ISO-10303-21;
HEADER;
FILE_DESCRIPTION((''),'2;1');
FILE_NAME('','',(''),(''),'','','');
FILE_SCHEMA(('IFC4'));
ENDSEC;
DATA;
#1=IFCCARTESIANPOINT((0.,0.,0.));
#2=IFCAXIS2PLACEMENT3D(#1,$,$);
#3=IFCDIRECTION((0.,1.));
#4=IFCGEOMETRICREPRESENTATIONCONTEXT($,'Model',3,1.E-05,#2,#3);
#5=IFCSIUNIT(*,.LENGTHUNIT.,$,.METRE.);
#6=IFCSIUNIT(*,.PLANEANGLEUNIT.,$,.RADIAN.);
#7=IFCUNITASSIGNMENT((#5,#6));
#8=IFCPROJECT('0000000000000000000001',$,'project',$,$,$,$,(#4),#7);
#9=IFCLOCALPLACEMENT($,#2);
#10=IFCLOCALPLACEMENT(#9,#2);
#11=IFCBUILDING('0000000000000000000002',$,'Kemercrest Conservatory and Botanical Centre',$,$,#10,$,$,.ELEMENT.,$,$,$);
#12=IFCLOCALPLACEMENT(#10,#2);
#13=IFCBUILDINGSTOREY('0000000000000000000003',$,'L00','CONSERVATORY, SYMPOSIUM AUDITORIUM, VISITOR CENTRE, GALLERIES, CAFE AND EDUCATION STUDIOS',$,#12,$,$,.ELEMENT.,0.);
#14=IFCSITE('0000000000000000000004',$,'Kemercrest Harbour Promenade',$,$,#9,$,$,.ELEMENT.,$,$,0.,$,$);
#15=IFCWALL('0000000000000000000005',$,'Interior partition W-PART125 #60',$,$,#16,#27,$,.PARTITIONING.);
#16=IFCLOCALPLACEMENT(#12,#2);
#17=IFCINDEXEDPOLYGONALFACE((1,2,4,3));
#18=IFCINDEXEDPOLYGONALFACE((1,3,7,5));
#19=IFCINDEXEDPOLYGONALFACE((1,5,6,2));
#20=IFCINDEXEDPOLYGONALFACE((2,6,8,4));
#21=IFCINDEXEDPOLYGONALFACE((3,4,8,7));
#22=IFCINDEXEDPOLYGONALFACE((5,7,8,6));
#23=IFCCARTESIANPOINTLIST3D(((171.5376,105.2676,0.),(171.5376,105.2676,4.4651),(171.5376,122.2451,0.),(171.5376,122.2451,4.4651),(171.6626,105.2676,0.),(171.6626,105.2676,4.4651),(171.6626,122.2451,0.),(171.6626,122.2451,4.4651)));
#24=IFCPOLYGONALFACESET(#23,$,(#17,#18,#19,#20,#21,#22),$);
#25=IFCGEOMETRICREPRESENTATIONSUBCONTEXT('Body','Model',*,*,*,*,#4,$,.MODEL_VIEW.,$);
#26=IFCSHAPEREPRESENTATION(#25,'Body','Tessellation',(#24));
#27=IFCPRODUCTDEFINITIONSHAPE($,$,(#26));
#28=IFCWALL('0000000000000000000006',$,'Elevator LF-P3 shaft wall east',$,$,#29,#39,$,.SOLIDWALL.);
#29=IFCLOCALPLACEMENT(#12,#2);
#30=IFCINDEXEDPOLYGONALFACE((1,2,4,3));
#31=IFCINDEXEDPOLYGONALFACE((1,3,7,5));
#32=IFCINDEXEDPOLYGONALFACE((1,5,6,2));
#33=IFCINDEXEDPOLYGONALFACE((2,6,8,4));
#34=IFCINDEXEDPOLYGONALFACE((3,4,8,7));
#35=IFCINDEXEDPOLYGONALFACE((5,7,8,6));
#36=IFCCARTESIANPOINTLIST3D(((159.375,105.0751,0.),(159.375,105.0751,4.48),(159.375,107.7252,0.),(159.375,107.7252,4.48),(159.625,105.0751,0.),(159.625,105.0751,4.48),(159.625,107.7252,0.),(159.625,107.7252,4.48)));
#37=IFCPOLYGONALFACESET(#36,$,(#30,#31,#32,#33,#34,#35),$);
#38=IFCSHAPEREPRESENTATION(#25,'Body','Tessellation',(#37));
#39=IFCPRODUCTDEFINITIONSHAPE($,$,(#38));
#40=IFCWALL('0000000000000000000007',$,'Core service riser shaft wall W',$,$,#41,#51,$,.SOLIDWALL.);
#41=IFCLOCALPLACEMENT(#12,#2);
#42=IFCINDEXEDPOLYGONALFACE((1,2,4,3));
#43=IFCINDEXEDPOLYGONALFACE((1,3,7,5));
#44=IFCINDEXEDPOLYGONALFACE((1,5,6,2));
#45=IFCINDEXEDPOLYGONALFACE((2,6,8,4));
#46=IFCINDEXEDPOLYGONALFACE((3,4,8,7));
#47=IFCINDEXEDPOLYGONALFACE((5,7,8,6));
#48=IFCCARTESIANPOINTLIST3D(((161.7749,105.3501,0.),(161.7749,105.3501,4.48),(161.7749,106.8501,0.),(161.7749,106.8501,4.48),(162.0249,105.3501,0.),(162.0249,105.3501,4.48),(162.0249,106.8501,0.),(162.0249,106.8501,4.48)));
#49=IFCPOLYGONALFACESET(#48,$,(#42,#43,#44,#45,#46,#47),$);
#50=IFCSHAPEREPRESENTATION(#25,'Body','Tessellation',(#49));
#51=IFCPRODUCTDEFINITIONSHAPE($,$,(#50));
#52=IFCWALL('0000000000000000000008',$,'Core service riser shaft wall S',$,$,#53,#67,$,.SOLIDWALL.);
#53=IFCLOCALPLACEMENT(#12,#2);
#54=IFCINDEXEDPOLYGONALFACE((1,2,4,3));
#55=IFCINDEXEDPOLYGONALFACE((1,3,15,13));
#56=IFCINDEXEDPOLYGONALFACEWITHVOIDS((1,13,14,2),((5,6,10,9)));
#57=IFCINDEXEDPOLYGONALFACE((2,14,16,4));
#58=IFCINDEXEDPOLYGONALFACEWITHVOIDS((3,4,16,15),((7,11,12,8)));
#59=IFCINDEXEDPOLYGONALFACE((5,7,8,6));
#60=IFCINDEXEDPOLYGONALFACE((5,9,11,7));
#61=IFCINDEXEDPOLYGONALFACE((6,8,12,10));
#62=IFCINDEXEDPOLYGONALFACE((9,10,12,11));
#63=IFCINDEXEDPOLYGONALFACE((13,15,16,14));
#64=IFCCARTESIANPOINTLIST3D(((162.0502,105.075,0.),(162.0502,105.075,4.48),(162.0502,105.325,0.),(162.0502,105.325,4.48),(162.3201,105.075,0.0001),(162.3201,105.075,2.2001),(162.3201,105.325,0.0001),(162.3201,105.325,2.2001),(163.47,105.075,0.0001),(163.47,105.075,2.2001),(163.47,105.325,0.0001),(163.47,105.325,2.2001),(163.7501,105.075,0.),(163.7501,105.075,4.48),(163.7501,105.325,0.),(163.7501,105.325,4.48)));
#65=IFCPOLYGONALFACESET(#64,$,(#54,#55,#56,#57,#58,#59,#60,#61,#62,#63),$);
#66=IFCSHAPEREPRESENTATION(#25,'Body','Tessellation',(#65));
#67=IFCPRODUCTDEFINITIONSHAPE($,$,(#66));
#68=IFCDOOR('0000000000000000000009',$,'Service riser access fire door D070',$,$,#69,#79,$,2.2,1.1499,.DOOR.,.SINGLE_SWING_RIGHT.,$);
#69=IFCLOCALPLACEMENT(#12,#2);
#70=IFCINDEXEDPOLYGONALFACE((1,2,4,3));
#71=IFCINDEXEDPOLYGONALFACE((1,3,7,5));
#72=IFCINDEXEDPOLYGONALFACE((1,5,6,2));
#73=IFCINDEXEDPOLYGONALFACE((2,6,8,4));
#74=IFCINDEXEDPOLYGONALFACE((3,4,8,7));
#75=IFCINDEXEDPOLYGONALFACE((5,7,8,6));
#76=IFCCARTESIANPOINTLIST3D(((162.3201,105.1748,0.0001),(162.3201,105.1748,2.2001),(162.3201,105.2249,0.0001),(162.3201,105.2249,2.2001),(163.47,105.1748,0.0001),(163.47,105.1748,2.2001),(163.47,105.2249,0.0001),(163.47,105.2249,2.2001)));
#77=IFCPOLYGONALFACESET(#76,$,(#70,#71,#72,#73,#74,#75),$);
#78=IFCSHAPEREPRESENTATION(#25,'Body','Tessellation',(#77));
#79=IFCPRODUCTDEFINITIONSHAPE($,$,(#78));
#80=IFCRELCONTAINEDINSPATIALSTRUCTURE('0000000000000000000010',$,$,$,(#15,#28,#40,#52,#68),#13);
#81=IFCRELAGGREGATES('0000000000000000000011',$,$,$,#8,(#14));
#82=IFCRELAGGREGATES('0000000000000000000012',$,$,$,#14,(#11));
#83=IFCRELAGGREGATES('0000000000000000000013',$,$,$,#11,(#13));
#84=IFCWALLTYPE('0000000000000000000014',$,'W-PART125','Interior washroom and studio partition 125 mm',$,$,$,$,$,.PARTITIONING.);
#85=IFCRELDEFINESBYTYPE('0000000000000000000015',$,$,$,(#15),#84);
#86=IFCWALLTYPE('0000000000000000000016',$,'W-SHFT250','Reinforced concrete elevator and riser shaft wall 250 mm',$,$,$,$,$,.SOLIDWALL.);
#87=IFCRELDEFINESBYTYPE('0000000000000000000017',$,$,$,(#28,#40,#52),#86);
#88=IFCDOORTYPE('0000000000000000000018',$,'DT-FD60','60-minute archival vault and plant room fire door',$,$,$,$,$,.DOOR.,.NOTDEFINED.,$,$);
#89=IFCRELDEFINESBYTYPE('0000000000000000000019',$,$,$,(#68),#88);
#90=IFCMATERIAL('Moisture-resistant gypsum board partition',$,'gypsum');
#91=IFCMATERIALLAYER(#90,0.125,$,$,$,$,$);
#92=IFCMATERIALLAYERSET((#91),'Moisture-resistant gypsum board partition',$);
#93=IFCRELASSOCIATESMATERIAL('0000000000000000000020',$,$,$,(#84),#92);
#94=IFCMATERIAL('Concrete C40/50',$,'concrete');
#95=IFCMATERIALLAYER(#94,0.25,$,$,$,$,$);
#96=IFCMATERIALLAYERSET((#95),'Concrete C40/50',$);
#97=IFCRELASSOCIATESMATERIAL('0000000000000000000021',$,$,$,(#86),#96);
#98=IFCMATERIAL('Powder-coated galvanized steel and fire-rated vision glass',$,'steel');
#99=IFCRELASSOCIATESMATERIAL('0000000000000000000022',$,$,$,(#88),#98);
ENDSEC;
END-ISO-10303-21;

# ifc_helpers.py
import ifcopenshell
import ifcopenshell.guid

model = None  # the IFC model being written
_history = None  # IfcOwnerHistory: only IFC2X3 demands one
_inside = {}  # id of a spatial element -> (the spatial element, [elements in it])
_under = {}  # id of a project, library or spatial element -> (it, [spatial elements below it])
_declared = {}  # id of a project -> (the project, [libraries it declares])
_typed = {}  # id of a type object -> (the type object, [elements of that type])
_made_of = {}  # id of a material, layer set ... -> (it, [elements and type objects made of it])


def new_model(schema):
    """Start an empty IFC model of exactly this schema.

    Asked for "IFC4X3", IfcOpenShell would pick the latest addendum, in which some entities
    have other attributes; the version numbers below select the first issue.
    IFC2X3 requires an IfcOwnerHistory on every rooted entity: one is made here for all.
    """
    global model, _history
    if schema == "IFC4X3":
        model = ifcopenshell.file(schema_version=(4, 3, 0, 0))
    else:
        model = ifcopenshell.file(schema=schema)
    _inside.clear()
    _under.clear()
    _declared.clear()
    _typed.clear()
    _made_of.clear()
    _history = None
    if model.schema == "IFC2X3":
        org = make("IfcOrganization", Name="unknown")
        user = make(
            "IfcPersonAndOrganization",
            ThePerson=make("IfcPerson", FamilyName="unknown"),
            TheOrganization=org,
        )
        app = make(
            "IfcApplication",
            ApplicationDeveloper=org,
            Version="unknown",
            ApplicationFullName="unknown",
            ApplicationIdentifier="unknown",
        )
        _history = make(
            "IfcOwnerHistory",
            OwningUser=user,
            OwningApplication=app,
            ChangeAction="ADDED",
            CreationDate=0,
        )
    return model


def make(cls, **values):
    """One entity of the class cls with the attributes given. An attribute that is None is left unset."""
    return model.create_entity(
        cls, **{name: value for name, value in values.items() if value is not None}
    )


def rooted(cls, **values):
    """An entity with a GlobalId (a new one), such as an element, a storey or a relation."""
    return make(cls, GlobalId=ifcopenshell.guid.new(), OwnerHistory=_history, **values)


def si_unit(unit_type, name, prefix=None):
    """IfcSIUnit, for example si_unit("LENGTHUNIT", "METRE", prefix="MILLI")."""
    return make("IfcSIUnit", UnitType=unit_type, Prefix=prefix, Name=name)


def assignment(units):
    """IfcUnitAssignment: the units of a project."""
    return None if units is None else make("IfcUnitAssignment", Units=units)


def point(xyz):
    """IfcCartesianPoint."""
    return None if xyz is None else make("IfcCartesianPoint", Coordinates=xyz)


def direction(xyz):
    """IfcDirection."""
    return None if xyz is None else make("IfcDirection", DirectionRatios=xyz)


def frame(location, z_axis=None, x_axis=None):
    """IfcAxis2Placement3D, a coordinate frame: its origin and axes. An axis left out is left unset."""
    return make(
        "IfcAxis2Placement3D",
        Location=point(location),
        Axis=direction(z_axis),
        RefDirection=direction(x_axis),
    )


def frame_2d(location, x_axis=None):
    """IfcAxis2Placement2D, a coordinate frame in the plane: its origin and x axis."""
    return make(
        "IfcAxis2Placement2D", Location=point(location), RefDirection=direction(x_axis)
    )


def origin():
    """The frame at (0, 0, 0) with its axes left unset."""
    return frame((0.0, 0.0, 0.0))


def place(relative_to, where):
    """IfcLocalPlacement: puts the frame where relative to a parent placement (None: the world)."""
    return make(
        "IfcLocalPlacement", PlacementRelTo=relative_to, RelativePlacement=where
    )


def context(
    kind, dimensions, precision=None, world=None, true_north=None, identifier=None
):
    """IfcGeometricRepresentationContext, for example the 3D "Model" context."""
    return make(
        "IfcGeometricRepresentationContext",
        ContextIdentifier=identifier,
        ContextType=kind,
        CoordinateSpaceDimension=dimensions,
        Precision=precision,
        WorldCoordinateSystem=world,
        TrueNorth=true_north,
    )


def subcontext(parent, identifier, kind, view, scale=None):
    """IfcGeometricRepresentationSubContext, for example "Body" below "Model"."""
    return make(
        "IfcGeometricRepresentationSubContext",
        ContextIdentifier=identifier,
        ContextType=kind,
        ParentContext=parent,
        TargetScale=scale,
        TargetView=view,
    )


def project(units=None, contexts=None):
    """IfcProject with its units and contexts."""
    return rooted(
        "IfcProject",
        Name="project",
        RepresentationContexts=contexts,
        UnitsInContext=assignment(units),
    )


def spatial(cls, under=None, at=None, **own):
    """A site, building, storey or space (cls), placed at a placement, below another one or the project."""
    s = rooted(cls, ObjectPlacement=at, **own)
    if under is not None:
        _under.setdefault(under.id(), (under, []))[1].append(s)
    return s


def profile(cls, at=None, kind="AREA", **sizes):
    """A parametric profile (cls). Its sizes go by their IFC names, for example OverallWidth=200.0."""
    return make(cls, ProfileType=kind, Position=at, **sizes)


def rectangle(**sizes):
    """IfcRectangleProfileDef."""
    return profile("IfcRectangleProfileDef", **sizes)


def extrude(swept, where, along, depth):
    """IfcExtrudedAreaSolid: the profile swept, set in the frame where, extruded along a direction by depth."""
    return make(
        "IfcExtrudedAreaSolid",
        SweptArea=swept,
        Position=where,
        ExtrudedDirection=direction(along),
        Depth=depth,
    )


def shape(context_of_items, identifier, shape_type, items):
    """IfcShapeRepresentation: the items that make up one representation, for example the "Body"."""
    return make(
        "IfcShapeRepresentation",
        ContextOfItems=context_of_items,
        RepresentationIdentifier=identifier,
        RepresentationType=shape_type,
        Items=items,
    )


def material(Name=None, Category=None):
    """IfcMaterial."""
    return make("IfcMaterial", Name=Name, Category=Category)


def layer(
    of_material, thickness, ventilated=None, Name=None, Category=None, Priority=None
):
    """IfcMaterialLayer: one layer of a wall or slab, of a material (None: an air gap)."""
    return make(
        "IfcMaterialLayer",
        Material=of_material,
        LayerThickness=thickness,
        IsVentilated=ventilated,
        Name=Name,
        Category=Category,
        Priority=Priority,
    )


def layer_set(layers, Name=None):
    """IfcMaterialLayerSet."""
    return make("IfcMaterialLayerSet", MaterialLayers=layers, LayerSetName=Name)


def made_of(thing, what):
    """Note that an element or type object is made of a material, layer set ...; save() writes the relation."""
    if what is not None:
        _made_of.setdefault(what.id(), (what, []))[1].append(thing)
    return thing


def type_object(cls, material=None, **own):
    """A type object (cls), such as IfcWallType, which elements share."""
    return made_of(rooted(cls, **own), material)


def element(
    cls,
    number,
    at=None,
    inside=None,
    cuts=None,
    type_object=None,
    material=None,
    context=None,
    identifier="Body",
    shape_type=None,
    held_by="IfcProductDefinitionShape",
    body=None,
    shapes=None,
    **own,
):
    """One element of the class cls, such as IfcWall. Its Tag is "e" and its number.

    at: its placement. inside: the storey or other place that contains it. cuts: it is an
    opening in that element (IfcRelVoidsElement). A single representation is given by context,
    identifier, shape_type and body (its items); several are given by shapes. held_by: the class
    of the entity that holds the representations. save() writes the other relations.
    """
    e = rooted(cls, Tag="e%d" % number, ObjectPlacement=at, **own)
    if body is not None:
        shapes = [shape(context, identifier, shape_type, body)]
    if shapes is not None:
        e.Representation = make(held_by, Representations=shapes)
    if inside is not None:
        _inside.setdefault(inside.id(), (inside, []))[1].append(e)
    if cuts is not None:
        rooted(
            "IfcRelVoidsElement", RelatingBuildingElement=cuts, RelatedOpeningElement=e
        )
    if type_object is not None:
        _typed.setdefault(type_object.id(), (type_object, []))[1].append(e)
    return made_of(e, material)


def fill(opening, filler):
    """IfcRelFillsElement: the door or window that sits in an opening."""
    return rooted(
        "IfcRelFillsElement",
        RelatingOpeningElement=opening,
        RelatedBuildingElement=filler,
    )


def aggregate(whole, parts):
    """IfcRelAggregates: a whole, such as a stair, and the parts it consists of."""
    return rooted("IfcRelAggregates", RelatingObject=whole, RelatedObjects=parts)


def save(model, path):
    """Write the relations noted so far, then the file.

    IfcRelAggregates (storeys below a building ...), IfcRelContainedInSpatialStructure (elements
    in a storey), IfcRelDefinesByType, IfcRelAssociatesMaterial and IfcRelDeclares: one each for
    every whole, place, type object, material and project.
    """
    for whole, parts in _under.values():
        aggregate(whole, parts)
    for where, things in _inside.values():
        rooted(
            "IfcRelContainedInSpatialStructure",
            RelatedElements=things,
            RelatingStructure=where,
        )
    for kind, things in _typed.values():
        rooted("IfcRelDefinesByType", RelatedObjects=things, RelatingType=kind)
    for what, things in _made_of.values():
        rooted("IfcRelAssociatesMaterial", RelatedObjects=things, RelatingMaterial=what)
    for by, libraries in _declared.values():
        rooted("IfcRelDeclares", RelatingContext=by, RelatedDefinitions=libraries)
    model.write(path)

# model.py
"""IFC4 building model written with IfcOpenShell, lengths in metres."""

from ifc_helpers import new_model, si_unit, direction, frame, frame_2d, origin, place, context, subcontext, project, spatial, rectangle, extrude, material, layer, layer_set, type_object, element, fill, save


model = new_model("IFC4")

# Units and contexts
model_context = context("Model", 3, precision=1e-05, world=origin(), true_north=direction((0.0, 1.0)))
body_context = subcontext(model_context, "Body", "Model", "MODEL_VIEW")
ifc_project = project(units=[si_unit("LENGTHUNIT", "METRE"), si_unit("PLANEANGLEUNIT", "RADIAN")], contexts=[model_context])

# Site, building, storey
site_placement = place(None, origin())
site = spatial("IfcSite", under=ifc_project, at=site_placement, Name="Kemercrest Harbour Promenade", CompositionType="ELEMENT", RefElevation=0.0)
building_placement = place(site_placement, origin())
building = spatial("IfcBuilding", under=site, at=building_placement, Name="Kemercrest Conservatory and Botanical Centre", CompositionType="ELEMENT")
storey_placement = place(building_placement, origin())
storey = spatial("IfcBuildingStorey", under=building, at=storey_placement, Name="L00", Description="CONSERVATORY, SYMPOSIUM AUDITORIUM, VISITOR CENTRE, GALLERIES, CAFE AND EDUCATION STUDIOS", CompositionType="ELEMENT", Elevation=0.0)

# Shared definitions
ifc_material_1 = material(Name="Concrete C40/50", Category="concrete")

# Shared definitions
ifc_material_2 = material(Name="Powder-coated galvanized steel and fire-rated vision glass", Category="steel")

# Shared definitions
ifc_material_3 = material(Name="Moisture-resistant gypsum board partition", Category="gypsum")
ifc_layer_1 = layer(ifc_material_3, 0.125)
ifc_layer_set_1 = layer_set([ifc_layer_1], Name="Moisture-resistant gypsum board partition")
wall_type_1 = type_object("IfcWallType", Name="W-PART125", Description="Interior washroom and studio partition 125 mm", PredefinedType="PARTITIONING", material=ifc_layer_set_1)

# Walls
wall_1_placement = place(storey_placement, frame((171.6001, 105.2676, 0.0), z_axis=(0.0, 0.0, 1.0), x_axis=(0.0, 1.0, 0.0)))
element("IfcWall", 1, at=wall_1_placement, inside=storey, type_object=wall_type_1, Name="Interior partition W-PART125 #60", PredefinedType="PARTITIONING", context=body_context, shape_type="SweptSolid", body=[
    extrude(rectangle(XDim=16.9775, YDim=0.125, at=frame_2d((8.4888, 0.0))), origin(), (0.0, 0.0, 1.0), 4.4651),
])
ifc_layer_2 = layer(ifc_material_1, 0.25)
ifc_layer_set_2 = layer_set([ifc_layer_2], Name="Concrete C40/50")
wall_type_2 = type_object("IfcWallType", Name="W-SHFT250", Description="Reinforced concrete elevator and riser shaft wall 250 mm", PredefinedType="SOLIDWALL", material=ifc_layer_set_2)
wall_2_placement = place(storey_placement, frame((159.5, 105.075, 0.0), z_axis=(0.0, 0.0, 1.0), x_axis=(0.0, 1.0, 0.0)))
element("IfcWall", 2, at=wall_2_placement, inside=storey, type_object=wall_type_2, Name="Elevator LF-P3 shaft wall east", PredefinedType="SOLIDWALL", context=body_context, shape_type="SweptSolid", body=[
    extrude(rectangle(XDim=2.6501, YDim=0.25, at=frame_2d((1.3252, 0.0))), origin(), (0.0, 0.0, 1.0), 4.48),
])
wall_3_placement = place(storey_placement, frame((161.8999, 105.3501, 0.0), z_axis=(0.0, 0.0, 1.0), x_axis=(0.0, 1.0, 0.0)))
element("IfcWall", 3, at=wall_3_placement, inside=storey, type_object=wall_type_2, Name="Core service riser shaft wall W", PredefinedType="SOLIDWALL", context=body_context, shape_type="SweptSolid", body=[
    extrude(rectangle(XDim=1.5, YDim=0.25, at=frame_2d((0.75, 0.0))), origin(), (0.0, 0.0, 1.0), 4.48),
])

# Wall, opening, door
wall_4_placement = place(storey_placement, frame((162.05, 105.2, 0.0), z_axis=(0.0, 0.0, 1.0), x_axis=(1.0, 0.0, 0.0)))
wall_4 = element("IfcWall", 4, at=wall_4_placement, inside=storey, type_object=wall_type_2, Name="Core service riser shaft wall S", PredefinedType="SOLIDWALL", context=body_context, shape_type="SweptSolid", body=[
    extrude(rectangle(XDim=1.7, YDim=0.25, at=frame_2d((0.8501, 0.0))), origin(), (0.0, 0.0, 1.0), 4.48),
])
opening_1_placement = place(wall_4_placement, frame((0.27, 0.0, 0.0)))
opening_1 = element("IfcOpeningElement", 5, at=opening_1_placement, cuts=wall_4, PredefinedType="OPENING", context=body_context, shape_type="SweptSolid", body=[
    extrude(rectangle(XDim=1.1499, YDim=2.2, at=frame_2d((0.575, 1.1001))), frame((0.0, 0.135, 0.0), z_axis=(0.0, -1.0, 0.0), x_axis=(1.0, 0.0, 0.0)), (0.0, 0.0, 1.0), 0.27),
])
door_type_1 = type_object("IfcDoorType", Name="DT-FD60", Description="60-minute archival vault and plant room fire door", OperationType="NOTDEFINED", PredefinedType="DOOR", material=ifc_material_2)
door_1_placement = place(opening_1_placement, origin())
door_1 = element("IfcDoor", 6, at=door_1_placement, inside=storey, type_object=door_type_1, Name="Service riser access fire door D070", OperationType="SINGLE_SWING_RIGHT", OverallHeight=2.2, OverallWidth=1.1499, PredefinedType="DOOR", context=body_context, shape_type="SweptSolid", body=[
    extrude(rectangle(XDim=1.1499, YDim=2.2, at=frame_2d((0.575, 1.1001))), frame((0.0, 0.0249, 0.0), z_axis=(0.0, -1.0, 0.0), x_axis=(1.0, 0.0, 0.0)), (0.0, 0.0, 1.0), 0.05),
])
fill(opening_1, door_1)

save(model, "model.ifc")
